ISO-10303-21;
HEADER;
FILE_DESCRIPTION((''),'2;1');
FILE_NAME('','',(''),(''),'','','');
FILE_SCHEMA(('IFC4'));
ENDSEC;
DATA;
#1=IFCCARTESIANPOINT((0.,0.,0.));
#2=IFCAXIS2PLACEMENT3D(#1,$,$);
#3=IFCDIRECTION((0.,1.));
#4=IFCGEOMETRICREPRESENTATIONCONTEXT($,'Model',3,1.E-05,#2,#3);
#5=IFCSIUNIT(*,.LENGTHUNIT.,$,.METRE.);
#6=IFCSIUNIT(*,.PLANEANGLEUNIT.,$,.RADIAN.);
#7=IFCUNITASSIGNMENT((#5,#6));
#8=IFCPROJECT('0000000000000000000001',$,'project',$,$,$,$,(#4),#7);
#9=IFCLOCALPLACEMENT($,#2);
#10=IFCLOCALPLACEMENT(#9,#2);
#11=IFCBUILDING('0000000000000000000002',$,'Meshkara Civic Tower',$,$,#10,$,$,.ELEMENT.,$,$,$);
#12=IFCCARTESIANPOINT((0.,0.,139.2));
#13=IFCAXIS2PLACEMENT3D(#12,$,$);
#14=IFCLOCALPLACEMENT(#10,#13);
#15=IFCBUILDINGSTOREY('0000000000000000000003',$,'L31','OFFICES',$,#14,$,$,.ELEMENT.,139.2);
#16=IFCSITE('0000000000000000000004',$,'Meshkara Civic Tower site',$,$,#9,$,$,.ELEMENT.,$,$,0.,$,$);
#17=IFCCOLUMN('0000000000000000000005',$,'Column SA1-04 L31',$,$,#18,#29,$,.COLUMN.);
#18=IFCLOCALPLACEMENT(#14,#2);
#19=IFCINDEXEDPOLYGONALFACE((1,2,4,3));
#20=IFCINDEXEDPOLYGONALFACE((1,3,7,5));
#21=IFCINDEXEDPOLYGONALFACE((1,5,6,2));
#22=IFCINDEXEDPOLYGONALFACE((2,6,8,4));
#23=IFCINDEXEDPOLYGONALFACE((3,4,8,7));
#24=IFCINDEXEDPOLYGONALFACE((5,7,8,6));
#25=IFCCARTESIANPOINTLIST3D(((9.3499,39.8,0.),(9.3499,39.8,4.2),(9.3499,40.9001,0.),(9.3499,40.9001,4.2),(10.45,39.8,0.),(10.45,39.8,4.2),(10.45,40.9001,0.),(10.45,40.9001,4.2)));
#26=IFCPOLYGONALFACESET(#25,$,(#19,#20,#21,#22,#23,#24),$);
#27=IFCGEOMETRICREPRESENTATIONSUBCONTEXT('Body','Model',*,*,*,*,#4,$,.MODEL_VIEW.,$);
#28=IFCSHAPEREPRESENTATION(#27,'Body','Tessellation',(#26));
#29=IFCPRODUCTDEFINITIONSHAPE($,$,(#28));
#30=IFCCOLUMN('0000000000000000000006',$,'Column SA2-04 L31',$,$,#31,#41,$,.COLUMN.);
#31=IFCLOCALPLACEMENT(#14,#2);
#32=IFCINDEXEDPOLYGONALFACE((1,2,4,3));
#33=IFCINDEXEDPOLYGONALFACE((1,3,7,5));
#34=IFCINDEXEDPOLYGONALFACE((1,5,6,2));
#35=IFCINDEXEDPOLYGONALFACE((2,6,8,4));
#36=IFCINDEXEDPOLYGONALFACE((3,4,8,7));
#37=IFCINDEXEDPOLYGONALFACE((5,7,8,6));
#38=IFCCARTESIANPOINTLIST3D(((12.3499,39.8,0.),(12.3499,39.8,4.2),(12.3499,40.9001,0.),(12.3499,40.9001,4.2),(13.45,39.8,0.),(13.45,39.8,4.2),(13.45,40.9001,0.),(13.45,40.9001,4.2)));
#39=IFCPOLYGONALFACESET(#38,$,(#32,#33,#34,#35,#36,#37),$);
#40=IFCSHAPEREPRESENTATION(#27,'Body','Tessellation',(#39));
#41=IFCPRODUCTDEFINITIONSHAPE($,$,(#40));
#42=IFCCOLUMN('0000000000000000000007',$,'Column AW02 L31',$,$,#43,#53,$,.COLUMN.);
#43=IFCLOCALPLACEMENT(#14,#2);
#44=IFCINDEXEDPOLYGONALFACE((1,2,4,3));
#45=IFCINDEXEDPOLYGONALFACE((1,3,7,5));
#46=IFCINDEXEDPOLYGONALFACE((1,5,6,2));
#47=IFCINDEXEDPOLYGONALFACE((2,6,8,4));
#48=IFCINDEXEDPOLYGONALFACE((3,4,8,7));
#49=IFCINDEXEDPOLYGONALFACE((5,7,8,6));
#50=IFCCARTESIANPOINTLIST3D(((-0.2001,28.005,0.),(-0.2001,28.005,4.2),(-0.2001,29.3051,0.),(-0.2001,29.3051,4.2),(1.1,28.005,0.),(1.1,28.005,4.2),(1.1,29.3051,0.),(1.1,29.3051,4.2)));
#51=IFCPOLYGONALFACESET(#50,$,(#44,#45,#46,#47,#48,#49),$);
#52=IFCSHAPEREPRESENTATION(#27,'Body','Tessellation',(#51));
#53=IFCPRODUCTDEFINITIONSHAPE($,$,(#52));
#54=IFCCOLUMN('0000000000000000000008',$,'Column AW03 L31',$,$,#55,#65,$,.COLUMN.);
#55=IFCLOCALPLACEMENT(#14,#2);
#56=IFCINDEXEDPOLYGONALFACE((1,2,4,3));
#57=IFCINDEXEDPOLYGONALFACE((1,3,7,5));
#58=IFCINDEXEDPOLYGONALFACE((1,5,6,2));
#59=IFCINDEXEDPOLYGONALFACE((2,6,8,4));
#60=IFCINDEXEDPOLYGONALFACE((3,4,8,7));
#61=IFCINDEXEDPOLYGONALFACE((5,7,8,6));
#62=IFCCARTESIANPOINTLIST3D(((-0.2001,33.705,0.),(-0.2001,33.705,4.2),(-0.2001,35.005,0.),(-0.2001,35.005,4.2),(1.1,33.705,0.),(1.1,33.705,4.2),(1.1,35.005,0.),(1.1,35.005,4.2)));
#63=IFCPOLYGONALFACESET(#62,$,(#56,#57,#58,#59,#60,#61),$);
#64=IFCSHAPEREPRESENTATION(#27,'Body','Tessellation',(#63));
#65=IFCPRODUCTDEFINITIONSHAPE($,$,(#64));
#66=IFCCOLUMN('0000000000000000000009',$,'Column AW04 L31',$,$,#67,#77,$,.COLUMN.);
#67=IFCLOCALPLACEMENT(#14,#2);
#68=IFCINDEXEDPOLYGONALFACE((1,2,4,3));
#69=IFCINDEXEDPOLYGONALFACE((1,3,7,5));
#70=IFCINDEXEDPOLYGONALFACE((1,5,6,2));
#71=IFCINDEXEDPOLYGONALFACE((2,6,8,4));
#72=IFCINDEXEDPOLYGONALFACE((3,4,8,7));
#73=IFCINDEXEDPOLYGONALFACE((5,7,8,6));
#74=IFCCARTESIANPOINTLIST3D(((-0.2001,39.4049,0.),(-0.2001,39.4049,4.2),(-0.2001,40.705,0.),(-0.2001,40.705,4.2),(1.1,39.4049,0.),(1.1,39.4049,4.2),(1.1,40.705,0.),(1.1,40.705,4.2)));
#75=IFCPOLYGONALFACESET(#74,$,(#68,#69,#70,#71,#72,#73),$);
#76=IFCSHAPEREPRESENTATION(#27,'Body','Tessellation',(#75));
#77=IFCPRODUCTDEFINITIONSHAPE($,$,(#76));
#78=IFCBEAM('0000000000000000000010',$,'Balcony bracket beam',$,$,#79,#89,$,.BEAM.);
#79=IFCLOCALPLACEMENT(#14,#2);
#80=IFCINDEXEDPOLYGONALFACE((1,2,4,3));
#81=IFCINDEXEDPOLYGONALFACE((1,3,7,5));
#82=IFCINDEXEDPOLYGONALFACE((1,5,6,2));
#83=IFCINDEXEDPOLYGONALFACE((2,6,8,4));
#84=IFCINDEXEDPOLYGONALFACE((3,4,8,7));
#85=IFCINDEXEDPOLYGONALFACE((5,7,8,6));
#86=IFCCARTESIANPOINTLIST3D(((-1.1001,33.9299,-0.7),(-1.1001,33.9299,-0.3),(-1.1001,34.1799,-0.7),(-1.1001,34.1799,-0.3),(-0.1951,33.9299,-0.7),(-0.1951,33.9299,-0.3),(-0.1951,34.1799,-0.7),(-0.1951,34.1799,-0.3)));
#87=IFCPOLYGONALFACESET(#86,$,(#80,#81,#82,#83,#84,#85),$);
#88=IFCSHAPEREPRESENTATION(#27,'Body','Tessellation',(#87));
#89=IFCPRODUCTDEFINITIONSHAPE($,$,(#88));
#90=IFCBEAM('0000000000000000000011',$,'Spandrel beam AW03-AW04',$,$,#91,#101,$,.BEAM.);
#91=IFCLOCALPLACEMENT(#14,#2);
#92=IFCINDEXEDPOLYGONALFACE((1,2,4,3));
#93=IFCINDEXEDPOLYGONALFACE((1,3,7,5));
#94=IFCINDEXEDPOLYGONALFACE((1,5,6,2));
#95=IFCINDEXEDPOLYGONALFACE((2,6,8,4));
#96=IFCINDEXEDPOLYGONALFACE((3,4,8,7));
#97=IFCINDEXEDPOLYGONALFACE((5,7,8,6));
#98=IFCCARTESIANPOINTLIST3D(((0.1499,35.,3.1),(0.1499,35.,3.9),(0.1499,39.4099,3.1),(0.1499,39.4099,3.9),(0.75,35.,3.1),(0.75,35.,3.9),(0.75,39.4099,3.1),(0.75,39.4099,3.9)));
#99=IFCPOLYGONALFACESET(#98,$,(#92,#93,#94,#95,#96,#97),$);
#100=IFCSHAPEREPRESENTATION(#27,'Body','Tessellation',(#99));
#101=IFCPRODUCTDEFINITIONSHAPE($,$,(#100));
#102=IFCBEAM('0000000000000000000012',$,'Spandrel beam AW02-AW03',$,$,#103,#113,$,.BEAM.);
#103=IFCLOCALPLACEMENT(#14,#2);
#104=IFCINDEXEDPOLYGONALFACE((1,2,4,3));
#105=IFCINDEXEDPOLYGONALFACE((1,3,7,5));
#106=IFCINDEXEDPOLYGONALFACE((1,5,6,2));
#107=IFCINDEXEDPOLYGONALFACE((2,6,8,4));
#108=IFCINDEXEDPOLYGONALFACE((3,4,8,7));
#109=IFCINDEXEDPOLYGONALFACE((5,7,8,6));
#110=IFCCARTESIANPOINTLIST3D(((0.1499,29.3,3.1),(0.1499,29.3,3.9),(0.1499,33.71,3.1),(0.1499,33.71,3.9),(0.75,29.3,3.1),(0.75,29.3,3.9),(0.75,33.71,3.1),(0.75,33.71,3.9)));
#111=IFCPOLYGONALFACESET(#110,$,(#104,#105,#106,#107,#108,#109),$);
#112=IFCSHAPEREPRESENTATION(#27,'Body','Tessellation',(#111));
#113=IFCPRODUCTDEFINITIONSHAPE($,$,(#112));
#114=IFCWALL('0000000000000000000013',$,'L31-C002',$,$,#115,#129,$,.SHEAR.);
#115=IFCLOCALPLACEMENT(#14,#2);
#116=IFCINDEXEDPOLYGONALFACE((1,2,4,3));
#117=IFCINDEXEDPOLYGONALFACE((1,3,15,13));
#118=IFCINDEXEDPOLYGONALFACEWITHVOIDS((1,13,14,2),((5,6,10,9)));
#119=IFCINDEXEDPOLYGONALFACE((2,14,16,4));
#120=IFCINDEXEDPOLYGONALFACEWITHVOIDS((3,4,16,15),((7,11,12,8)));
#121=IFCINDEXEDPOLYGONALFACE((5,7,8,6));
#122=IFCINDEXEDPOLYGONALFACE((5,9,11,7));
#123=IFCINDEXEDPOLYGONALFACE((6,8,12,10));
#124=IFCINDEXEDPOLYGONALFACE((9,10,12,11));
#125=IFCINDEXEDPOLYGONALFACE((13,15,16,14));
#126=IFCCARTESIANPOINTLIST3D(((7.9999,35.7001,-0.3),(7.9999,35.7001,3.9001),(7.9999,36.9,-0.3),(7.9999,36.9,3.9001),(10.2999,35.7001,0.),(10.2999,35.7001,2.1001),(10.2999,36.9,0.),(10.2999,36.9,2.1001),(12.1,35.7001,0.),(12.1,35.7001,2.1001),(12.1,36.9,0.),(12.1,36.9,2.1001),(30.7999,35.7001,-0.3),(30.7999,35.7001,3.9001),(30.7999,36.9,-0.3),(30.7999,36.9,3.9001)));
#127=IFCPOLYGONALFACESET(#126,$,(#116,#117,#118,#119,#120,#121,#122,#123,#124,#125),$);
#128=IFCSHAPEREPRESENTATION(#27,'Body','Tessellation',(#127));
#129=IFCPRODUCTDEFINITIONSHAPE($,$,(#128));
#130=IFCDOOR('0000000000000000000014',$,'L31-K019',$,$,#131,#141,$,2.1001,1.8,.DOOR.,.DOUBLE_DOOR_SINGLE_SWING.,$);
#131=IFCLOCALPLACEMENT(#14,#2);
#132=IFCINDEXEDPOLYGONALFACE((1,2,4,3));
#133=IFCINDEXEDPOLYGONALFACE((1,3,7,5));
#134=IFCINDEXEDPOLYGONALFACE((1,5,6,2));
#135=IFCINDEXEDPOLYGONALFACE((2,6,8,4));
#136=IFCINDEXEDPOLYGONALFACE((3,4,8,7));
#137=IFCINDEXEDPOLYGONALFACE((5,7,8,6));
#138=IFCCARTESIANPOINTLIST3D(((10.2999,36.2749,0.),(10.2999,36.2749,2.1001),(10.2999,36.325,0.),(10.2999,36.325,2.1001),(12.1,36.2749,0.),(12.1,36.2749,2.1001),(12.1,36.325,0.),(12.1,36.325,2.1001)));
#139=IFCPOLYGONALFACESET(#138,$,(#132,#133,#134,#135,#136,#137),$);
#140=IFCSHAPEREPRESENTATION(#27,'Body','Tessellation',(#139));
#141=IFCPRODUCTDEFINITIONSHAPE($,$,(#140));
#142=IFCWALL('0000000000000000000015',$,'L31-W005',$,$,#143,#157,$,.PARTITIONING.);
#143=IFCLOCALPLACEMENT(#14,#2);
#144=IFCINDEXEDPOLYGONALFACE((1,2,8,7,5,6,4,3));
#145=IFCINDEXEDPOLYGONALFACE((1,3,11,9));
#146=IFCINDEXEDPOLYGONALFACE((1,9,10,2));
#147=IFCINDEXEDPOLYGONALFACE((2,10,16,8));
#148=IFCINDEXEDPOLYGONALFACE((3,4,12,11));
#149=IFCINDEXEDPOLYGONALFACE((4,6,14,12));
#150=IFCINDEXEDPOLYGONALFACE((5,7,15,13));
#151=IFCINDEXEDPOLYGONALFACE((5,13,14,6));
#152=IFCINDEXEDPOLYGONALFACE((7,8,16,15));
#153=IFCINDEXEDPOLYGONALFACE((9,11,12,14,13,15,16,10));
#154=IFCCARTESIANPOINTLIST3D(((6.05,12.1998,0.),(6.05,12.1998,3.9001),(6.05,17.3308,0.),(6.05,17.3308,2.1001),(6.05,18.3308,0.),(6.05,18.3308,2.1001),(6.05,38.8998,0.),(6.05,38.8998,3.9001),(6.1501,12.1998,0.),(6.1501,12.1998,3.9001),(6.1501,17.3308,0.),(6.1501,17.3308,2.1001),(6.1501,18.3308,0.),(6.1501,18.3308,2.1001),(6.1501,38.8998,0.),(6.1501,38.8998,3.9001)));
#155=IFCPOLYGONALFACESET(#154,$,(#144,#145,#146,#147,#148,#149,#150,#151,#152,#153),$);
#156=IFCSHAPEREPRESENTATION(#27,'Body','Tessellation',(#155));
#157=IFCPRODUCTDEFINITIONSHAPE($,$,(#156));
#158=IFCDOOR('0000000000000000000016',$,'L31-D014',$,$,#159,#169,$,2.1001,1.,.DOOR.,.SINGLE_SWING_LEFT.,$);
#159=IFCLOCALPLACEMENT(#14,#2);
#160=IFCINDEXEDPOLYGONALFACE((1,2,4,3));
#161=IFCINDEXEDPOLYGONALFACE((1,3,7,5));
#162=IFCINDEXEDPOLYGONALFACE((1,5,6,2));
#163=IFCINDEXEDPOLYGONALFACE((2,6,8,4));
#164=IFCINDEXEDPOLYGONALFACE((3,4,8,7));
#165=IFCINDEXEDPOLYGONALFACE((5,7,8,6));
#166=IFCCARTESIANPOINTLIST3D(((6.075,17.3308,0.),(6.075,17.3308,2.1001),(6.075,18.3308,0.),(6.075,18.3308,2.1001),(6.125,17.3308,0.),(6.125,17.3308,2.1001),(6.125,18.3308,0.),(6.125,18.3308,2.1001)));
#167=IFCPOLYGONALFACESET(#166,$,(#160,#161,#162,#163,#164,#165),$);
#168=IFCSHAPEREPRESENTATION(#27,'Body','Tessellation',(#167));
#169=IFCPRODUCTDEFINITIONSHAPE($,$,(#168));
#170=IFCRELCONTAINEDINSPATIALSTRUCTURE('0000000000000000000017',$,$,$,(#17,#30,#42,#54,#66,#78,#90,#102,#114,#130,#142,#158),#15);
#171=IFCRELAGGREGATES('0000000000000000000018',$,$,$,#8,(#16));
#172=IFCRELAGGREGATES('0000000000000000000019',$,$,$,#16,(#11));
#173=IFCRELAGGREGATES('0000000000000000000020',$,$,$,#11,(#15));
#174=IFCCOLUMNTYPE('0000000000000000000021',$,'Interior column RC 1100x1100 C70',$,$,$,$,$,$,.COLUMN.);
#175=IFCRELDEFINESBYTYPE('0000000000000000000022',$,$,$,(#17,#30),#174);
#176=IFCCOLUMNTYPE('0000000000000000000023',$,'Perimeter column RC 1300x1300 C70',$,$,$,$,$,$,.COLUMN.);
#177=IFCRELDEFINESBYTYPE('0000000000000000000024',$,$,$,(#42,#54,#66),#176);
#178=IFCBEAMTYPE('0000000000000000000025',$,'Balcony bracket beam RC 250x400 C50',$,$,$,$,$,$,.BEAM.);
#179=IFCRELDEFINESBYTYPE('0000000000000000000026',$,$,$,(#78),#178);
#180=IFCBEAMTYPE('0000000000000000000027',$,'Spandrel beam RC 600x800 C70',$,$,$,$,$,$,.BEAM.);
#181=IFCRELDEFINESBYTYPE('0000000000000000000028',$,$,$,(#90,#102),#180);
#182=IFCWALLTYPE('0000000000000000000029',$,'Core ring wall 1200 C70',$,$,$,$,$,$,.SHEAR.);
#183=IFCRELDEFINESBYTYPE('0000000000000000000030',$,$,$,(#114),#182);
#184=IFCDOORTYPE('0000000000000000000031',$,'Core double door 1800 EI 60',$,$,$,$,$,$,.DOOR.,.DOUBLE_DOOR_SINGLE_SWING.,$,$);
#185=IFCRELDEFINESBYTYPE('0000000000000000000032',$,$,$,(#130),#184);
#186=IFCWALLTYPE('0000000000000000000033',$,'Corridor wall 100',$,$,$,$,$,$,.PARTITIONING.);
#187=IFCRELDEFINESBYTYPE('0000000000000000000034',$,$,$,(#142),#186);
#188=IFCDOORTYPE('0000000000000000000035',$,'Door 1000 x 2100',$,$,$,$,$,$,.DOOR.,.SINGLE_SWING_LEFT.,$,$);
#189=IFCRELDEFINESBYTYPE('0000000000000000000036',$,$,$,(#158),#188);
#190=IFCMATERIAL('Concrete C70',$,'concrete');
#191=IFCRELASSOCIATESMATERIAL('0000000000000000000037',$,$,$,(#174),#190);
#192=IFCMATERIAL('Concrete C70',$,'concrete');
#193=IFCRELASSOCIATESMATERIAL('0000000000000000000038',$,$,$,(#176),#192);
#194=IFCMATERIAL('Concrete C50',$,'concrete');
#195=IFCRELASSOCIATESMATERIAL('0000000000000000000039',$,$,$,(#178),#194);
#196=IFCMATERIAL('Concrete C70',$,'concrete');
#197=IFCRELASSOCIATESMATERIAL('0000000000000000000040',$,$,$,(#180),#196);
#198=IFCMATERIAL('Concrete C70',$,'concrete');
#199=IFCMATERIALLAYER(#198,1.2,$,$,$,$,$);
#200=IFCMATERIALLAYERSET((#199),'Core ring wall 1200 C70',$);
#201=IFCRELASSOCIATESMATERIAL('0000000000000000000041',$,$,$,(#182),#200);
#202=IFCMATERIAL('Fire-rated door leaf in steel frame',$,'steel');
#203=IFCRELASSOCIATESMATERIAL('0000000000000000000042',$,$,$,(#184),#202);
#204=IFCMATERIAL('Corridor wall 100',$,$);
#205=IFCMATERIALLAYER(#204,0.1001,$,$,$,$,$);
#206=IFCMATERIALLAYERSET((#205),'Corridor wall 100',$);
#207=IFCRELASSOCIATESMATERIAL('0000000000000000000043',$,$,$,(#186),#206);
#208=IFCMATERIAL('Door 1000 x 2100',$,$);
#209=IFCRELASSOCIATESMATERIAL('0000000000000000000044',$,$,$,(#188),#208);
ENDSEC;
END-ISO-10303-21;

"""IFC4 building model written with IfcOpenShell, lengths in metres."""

from ifc_helpers import new_model, si_unit, direction, frame, frame_2d, origin, origin_2d, place, context, subcontext, project, spatial, rectangle, extrude, material, layer, layer_set, material_profile, profile_set, type_object, element, fill, save


model = new_model("IFC4")

# Units and contexts
model_context = context("Model", 3, precision=1e-05, world=origin(), true_north=direction((0.0, 1.0)))
body_context = subcontext(model_context, "Body", "Model", "MODEL_VIEW")
ifc_project = project(units=[si_unit("LENGTHUNIT", "METRE"), si_unit("PLANEANGLEUNIT", "RADIAN")], contexts=[model_context])

# Site, building, storey
site_placement = place(None, origin())
site = spatial("IfcSite", under=ifc_project, at=site_placement, Name="Meshkara Civic Tower site", CompositionType="ELEMENT", RefElevation=0.0)
building_placement = place(site_placement, origin())
building = spatial("IfcBuilding", under=site, at=building_placement, Name="Meshkara Civic Tower", CompositionType="ELEMENT")
storey_placement = place(building_placement, frame((0.0, 0.0, 139.2)))
storey = spatial("IfcBuildingStorey", under=building, at=storey_placement, Name="L31", Description="OFFICES", CompositionType="ELEMENT", Elevation=139.2)

# Columns
ifc_material_1 = material(Name="Concrete C70", Category="concrete")
ifc_material_profile_1 = material_profile(ifc_material_1, rectangle(XDim=1.1001, YDim=1.1001, at=origin_2d()))
ifc_profile_set_1 = profile_set([ifc_material_profile_1], Name="Concrete C70")
column_type_1 = type_object("IfcColumnType", Name="Interior column RC 1100x1100 C70", PredefinedType="COLUMN", material=ifc_profile_set_1)
for number, where, z_axis, x_axis, name in (
    (1, (9.8999, 40.3501, 0.0), (0.0, 0.0, 1.0), (1.0, 0.0, 0.0), "Column SA1-04 L31"),
    (2, (12.8999, 40.3501, 0.0), (0.0, 0.0, 1.0), (1.0, 0.0, 0.0), "Column SA2-04 L31"),
):
    element("IfcColumn", number, at=place(storey_placement, frame(where, z_axis=z_axis, x_axis=x_axis)), inside=storey, type_object=column_type_1, Name=name, PredefinedType="COLUMN", context=body_context, shape_type="SweptSolid", body=[
        extrude(rectangle(XDim=1.1001, YDim=1.1001, at=origin_2d()), origin(), (0.0, 0.0, 1.0), 4.2),
    ])
ifc_material_2 = material(Name="Concrete C70", Category="concrete")
ifc_material_profile_2 = material_profile(ifc_material_2, rectangle(XDim=1.3, YDim=1.3, at=origin_2d()))
ifc_profile_set_2 = profile_set([ifc_material_profile_2], Name="Concrete C70")
column_type_2 = type_object("IfcColumnType", Name="Perimeter column RC 1300x1300 C70", PredefinedType="COLUMN", material=ifc_profile_set_2)
for number, where, z_axis, x_axis, name in (
    (3, (0.45, 28.655, 0.0), (0.0, 0.0, 1.0), (1.0, 0.0, 0.0), "Column AW02 L31"),
    (4, (0.45, 34.355, 0.0), (0.0, 0.0, 1.0), (1.0, 0.0, 0.0), "Column AW03 L31"),
    (5, (0.45, 40.0549, 0.0), (0.0, 0.0, 1.0), (1.0, 0.0, 0.0), "Column AW04 L31"),
):
    element("IfcColumn", number, at=place(storey_placement, frame(where, z_axis=z_axis, x_axis=x_axis)), inside=storey, type_object=column_type_2, Name=name, PredefinedType="COLUMN", context=body_context, shape_type="SweptSolid", body=[
        extrude(rectangle(XDim=1.3, YDim=1.3, at=origin_2d()), origin(), (0.0, 0.0, 1.0), 4.2),
    ])

# Beams
ifc_material_3 = material(Name="Concrete C50", Category="concrete")
ifc_material_profile_3 = material_profile(ifc_material_3, rectangle(XDim=0.25, YDim=0.3999, at=origin_2d()))
ifc_profile_set_3 = profile_set([ifc_material_profile_3], Name="Concrete C50")
beam_type_1 = type_object("IfcBeamType", Name="Balcony bracket beam RC 250x400 C50", PredefinedType="BEAM", material=ifc_profile_set_3)
beam_placement = place(storey_placement, frame((-0.1951, 34.0549, -0.5), z_axis=(-1.0, 0.0, 0.0), x_axis=(0.0, -1.0, 0.0)))
element("IfcBeam", 6, at=beam_placement, inside=storey, type_object=beam_type_1, Name="Balcony bracket beam", PredefinedType="BEAM", context=body_context, shape_type="SweptSolid", body=[
    extrude(rectangle(XDim=0.25, YDim=0.3999, at=origin_2d()), origin(), (0.0, 0.0, 1.0), 0.905),
])
ifc_material_4 = material(Name="Concrete C70", Category="concrete")
ifc_material_profile_4 = material_profile(ifc_material_4, rectangle(XDim=0.6001, YDim=0.8, at=origin_2d()))
ifc_profile_set_4 = profile_set([ifc_material_profile_4], Name="Concrete C70")
beam_type_2 = type_object("IfcBeamType", Name="Spandrel beam RC 600x800 C70", PredefinedType="BEAM", material=ifc_profile_set_4)
for number, where, z_axis, x_axis, name in (
    (7, (0.45, 39.4099, 3.5), (0.0, -1.0, 0.0), (1.0, 0.0, 0.0), "Spandrel beam AW03-AW04"),
    (8, (0.45, 33.71, 3.5), (0.0, -1.0, 0.0), (1.0, 0.0, 0.0), "Spandrel beam AW02-AW03"),
):
    element("IfcBeam", number, at=place(storey_placement, frame(where, z_axis=z_axis, x_axis=x_axis)), inside=storey, type_object=beam_type_2, Name=name, PredefinedType="BEAM", context=body_context, shape_type="SweptSolid", body=[
        extrude(rectangle(XDim=0.6001, YDim=0.8, at=origin_2d()), origin(), (0.0, 0.0, 1.0), 4.4099),
    ])

# Walls, openings, doors
ifc_material_5 = material(Name="Concrete C70", Category="concrete")
ifc_layer_1 = layer(ifc_material_5, 1.2)
ifc_layer_set_1 = layer_set([ifc_layer_1], Name="Core ring wall 1200 C70")
wall_type_1 = type_object("IfcWallType", Name="Core ring wall 1200 C70", PredefinedType="SHEAR", material=ifc_layer_set_1)
wall_1_placement = place(storey_placement, frame((8.0, 36.3, -0.3), z_axis=(0.0, 0.0, 1.0), x_axis=(1.0, 0.0, 0.0)))
wall_1 = element("IfcWall", 9, at=wall_1_placement, inside=storey, type_object=wall_type_1, Name="L31-C002", PredefinedType="SHEAR", context=body_context, shape_type="SweptSolid", body=[
    extrude(rectangle(XDim=22.8, YDim=1.2, at=frame_2d((11.3999, 0.0))), origin(), (0.0, 0.0, 1.0), 4.2002),
])
opening_1_placement = place(wall_1_placement, frame((2.3, 0.0, 0.3)))
opening_1 = element("IfcOpeningElement", 10, at=opening_1_placement, cuts=wall_1, PredefinedType="OPENING", context=body_context, shape_type="SweptSolid", body=[
    extrude(rectangle(XDim=1.8, YDim=2.1001, at=frame_2d((0.8999, 1.05))), frame((0.0, 0.6099, 0.0), z_axis=(0.0, -1.0, 0.0), x_axis=(1.0, 0.0, 0.0)), (0.0, 0.0, 1.0), 1.22),
])
ifc_material_6 = material(Name="Fire-rated door leaf in steel frame", Category="steel")
door_type_1 = type_object("IfcDoorType", Name="Core double door 1800 EI 60", OperationType="DOUBLE_DOOR_SINGLE_SWING", PredefinedType="DOOR", material=ifc_material_6)
door_1_placement = place(opening_1_placement, origin())
door_1 = element("IfcDoor", 11, at=door_1_placement, inside=storey, type_object=door_type_1, Name="L31-K019", OperationType="DOUBLE_DOOR_SINGLE_SWING", OverallHeight=2.1001, OverallWidth=1.8, PredefinedType="DOOR", context=body_context, shape_type="SweptSolid", body=[
    extrude(rectangle(XDim=1.8, YDim=2.1001, at=frame_2d((0.8999, 1.05))), frame((0.0, 0.0249, 0.0), z_axis=(0.0, -1.0, 0.0), x_axis=(1.0, 0.0, 0.0)), (0.0, 0.0, 1.0), 0.05),
])
fill(opening_1, door_1)
ifc_material_7 = material(Name="Corridor wall 100")
ifc_layer_2 = layer(ifc_material_7, 0.1001)
ifc_layer_set_2 = layer_set([ifc_layer_2], Name="Corridor wall 100")
wall_type_2 = type_object("IfcWallType", Name="Corridor wall 100", PredefinedType="PARTITIONING", material=ifc_layer_set_2)
wall_2_placement = place(storey_placement, frame((6.1001, 38.8999, 0.0), z_axis=(0.0, 0.0, 1.0), x_axis=(0.0, -1.0, 0.0)))
wall_2 = element("IfcWall", 12, at=wall_2_placement, inside=storey, type_object=wall_type_2, Name="L31-W005", PredefinedType="PARTITIONING", context=body_context, shape_type="SweptSolid", body=[
    extrude(rectangle(XDim=26.7, YDim=0.1001, at=frame_2d((13.3501, 0.0))), origin(), (0.0, 0.0, 1.0), 3.9001),
])
opening_2_placement = place(wall_2_placement, frame((20.5691, 0.0, 0.0)))
opening_2 = element("IfcOpeningElement", 13, at=opening_2_placement, cuts=wall_2, PredefinedType="OPENING", context=body_context, shape_type="SweptSolid", body=[
    extrude(rectangle(XDim=1.0, YDim=2.1001, at=frame_2d((0.5, 1.05))), frame((0.0, 0.0601, 0.0), z_axis=(0.0, -1.0, 0.0), x_axis=(1.0, 0.0, 0.0)), (0.0, 0.0, 1.0), 0.1201),
])
ifc_material_8 = material(Name="Door 1000 x 2100")
door_type_2 = type_object("IfcDoorType", Name="Door 1000 x 2100", OperationType="SINGLE_SWING_LEFT", PredefinedType="DOOR", material=ifc_material_8)
door_2_placement = place(opening_2_placement, origin())
door_2 = element("IfcDoor", 14, at=door_2_placement, inside=storey, type_object=door_type_2, Name="L31-D014", OperationType="SINGLE_SWING_LEFT", OverallHeight=2.1001, OverallWidth=1.0, PredefinedType="DOOR", context=body_context, shape_type="SweptSolid", body=[
    extrude(rectangle(XDim=1.0, YDim=2.1001, at=frame_2d((0.5, 1.05))), frame((0.0, 0.0249, 0.0), z_axis=(0.0, -1.0, 0.0), x_axis=(1.0, 0.0, 0.0)), (0.0, 0.0, 1.0), 0.05),
])
fill(opening_2, door_2)

save(model, "model.ifc")
